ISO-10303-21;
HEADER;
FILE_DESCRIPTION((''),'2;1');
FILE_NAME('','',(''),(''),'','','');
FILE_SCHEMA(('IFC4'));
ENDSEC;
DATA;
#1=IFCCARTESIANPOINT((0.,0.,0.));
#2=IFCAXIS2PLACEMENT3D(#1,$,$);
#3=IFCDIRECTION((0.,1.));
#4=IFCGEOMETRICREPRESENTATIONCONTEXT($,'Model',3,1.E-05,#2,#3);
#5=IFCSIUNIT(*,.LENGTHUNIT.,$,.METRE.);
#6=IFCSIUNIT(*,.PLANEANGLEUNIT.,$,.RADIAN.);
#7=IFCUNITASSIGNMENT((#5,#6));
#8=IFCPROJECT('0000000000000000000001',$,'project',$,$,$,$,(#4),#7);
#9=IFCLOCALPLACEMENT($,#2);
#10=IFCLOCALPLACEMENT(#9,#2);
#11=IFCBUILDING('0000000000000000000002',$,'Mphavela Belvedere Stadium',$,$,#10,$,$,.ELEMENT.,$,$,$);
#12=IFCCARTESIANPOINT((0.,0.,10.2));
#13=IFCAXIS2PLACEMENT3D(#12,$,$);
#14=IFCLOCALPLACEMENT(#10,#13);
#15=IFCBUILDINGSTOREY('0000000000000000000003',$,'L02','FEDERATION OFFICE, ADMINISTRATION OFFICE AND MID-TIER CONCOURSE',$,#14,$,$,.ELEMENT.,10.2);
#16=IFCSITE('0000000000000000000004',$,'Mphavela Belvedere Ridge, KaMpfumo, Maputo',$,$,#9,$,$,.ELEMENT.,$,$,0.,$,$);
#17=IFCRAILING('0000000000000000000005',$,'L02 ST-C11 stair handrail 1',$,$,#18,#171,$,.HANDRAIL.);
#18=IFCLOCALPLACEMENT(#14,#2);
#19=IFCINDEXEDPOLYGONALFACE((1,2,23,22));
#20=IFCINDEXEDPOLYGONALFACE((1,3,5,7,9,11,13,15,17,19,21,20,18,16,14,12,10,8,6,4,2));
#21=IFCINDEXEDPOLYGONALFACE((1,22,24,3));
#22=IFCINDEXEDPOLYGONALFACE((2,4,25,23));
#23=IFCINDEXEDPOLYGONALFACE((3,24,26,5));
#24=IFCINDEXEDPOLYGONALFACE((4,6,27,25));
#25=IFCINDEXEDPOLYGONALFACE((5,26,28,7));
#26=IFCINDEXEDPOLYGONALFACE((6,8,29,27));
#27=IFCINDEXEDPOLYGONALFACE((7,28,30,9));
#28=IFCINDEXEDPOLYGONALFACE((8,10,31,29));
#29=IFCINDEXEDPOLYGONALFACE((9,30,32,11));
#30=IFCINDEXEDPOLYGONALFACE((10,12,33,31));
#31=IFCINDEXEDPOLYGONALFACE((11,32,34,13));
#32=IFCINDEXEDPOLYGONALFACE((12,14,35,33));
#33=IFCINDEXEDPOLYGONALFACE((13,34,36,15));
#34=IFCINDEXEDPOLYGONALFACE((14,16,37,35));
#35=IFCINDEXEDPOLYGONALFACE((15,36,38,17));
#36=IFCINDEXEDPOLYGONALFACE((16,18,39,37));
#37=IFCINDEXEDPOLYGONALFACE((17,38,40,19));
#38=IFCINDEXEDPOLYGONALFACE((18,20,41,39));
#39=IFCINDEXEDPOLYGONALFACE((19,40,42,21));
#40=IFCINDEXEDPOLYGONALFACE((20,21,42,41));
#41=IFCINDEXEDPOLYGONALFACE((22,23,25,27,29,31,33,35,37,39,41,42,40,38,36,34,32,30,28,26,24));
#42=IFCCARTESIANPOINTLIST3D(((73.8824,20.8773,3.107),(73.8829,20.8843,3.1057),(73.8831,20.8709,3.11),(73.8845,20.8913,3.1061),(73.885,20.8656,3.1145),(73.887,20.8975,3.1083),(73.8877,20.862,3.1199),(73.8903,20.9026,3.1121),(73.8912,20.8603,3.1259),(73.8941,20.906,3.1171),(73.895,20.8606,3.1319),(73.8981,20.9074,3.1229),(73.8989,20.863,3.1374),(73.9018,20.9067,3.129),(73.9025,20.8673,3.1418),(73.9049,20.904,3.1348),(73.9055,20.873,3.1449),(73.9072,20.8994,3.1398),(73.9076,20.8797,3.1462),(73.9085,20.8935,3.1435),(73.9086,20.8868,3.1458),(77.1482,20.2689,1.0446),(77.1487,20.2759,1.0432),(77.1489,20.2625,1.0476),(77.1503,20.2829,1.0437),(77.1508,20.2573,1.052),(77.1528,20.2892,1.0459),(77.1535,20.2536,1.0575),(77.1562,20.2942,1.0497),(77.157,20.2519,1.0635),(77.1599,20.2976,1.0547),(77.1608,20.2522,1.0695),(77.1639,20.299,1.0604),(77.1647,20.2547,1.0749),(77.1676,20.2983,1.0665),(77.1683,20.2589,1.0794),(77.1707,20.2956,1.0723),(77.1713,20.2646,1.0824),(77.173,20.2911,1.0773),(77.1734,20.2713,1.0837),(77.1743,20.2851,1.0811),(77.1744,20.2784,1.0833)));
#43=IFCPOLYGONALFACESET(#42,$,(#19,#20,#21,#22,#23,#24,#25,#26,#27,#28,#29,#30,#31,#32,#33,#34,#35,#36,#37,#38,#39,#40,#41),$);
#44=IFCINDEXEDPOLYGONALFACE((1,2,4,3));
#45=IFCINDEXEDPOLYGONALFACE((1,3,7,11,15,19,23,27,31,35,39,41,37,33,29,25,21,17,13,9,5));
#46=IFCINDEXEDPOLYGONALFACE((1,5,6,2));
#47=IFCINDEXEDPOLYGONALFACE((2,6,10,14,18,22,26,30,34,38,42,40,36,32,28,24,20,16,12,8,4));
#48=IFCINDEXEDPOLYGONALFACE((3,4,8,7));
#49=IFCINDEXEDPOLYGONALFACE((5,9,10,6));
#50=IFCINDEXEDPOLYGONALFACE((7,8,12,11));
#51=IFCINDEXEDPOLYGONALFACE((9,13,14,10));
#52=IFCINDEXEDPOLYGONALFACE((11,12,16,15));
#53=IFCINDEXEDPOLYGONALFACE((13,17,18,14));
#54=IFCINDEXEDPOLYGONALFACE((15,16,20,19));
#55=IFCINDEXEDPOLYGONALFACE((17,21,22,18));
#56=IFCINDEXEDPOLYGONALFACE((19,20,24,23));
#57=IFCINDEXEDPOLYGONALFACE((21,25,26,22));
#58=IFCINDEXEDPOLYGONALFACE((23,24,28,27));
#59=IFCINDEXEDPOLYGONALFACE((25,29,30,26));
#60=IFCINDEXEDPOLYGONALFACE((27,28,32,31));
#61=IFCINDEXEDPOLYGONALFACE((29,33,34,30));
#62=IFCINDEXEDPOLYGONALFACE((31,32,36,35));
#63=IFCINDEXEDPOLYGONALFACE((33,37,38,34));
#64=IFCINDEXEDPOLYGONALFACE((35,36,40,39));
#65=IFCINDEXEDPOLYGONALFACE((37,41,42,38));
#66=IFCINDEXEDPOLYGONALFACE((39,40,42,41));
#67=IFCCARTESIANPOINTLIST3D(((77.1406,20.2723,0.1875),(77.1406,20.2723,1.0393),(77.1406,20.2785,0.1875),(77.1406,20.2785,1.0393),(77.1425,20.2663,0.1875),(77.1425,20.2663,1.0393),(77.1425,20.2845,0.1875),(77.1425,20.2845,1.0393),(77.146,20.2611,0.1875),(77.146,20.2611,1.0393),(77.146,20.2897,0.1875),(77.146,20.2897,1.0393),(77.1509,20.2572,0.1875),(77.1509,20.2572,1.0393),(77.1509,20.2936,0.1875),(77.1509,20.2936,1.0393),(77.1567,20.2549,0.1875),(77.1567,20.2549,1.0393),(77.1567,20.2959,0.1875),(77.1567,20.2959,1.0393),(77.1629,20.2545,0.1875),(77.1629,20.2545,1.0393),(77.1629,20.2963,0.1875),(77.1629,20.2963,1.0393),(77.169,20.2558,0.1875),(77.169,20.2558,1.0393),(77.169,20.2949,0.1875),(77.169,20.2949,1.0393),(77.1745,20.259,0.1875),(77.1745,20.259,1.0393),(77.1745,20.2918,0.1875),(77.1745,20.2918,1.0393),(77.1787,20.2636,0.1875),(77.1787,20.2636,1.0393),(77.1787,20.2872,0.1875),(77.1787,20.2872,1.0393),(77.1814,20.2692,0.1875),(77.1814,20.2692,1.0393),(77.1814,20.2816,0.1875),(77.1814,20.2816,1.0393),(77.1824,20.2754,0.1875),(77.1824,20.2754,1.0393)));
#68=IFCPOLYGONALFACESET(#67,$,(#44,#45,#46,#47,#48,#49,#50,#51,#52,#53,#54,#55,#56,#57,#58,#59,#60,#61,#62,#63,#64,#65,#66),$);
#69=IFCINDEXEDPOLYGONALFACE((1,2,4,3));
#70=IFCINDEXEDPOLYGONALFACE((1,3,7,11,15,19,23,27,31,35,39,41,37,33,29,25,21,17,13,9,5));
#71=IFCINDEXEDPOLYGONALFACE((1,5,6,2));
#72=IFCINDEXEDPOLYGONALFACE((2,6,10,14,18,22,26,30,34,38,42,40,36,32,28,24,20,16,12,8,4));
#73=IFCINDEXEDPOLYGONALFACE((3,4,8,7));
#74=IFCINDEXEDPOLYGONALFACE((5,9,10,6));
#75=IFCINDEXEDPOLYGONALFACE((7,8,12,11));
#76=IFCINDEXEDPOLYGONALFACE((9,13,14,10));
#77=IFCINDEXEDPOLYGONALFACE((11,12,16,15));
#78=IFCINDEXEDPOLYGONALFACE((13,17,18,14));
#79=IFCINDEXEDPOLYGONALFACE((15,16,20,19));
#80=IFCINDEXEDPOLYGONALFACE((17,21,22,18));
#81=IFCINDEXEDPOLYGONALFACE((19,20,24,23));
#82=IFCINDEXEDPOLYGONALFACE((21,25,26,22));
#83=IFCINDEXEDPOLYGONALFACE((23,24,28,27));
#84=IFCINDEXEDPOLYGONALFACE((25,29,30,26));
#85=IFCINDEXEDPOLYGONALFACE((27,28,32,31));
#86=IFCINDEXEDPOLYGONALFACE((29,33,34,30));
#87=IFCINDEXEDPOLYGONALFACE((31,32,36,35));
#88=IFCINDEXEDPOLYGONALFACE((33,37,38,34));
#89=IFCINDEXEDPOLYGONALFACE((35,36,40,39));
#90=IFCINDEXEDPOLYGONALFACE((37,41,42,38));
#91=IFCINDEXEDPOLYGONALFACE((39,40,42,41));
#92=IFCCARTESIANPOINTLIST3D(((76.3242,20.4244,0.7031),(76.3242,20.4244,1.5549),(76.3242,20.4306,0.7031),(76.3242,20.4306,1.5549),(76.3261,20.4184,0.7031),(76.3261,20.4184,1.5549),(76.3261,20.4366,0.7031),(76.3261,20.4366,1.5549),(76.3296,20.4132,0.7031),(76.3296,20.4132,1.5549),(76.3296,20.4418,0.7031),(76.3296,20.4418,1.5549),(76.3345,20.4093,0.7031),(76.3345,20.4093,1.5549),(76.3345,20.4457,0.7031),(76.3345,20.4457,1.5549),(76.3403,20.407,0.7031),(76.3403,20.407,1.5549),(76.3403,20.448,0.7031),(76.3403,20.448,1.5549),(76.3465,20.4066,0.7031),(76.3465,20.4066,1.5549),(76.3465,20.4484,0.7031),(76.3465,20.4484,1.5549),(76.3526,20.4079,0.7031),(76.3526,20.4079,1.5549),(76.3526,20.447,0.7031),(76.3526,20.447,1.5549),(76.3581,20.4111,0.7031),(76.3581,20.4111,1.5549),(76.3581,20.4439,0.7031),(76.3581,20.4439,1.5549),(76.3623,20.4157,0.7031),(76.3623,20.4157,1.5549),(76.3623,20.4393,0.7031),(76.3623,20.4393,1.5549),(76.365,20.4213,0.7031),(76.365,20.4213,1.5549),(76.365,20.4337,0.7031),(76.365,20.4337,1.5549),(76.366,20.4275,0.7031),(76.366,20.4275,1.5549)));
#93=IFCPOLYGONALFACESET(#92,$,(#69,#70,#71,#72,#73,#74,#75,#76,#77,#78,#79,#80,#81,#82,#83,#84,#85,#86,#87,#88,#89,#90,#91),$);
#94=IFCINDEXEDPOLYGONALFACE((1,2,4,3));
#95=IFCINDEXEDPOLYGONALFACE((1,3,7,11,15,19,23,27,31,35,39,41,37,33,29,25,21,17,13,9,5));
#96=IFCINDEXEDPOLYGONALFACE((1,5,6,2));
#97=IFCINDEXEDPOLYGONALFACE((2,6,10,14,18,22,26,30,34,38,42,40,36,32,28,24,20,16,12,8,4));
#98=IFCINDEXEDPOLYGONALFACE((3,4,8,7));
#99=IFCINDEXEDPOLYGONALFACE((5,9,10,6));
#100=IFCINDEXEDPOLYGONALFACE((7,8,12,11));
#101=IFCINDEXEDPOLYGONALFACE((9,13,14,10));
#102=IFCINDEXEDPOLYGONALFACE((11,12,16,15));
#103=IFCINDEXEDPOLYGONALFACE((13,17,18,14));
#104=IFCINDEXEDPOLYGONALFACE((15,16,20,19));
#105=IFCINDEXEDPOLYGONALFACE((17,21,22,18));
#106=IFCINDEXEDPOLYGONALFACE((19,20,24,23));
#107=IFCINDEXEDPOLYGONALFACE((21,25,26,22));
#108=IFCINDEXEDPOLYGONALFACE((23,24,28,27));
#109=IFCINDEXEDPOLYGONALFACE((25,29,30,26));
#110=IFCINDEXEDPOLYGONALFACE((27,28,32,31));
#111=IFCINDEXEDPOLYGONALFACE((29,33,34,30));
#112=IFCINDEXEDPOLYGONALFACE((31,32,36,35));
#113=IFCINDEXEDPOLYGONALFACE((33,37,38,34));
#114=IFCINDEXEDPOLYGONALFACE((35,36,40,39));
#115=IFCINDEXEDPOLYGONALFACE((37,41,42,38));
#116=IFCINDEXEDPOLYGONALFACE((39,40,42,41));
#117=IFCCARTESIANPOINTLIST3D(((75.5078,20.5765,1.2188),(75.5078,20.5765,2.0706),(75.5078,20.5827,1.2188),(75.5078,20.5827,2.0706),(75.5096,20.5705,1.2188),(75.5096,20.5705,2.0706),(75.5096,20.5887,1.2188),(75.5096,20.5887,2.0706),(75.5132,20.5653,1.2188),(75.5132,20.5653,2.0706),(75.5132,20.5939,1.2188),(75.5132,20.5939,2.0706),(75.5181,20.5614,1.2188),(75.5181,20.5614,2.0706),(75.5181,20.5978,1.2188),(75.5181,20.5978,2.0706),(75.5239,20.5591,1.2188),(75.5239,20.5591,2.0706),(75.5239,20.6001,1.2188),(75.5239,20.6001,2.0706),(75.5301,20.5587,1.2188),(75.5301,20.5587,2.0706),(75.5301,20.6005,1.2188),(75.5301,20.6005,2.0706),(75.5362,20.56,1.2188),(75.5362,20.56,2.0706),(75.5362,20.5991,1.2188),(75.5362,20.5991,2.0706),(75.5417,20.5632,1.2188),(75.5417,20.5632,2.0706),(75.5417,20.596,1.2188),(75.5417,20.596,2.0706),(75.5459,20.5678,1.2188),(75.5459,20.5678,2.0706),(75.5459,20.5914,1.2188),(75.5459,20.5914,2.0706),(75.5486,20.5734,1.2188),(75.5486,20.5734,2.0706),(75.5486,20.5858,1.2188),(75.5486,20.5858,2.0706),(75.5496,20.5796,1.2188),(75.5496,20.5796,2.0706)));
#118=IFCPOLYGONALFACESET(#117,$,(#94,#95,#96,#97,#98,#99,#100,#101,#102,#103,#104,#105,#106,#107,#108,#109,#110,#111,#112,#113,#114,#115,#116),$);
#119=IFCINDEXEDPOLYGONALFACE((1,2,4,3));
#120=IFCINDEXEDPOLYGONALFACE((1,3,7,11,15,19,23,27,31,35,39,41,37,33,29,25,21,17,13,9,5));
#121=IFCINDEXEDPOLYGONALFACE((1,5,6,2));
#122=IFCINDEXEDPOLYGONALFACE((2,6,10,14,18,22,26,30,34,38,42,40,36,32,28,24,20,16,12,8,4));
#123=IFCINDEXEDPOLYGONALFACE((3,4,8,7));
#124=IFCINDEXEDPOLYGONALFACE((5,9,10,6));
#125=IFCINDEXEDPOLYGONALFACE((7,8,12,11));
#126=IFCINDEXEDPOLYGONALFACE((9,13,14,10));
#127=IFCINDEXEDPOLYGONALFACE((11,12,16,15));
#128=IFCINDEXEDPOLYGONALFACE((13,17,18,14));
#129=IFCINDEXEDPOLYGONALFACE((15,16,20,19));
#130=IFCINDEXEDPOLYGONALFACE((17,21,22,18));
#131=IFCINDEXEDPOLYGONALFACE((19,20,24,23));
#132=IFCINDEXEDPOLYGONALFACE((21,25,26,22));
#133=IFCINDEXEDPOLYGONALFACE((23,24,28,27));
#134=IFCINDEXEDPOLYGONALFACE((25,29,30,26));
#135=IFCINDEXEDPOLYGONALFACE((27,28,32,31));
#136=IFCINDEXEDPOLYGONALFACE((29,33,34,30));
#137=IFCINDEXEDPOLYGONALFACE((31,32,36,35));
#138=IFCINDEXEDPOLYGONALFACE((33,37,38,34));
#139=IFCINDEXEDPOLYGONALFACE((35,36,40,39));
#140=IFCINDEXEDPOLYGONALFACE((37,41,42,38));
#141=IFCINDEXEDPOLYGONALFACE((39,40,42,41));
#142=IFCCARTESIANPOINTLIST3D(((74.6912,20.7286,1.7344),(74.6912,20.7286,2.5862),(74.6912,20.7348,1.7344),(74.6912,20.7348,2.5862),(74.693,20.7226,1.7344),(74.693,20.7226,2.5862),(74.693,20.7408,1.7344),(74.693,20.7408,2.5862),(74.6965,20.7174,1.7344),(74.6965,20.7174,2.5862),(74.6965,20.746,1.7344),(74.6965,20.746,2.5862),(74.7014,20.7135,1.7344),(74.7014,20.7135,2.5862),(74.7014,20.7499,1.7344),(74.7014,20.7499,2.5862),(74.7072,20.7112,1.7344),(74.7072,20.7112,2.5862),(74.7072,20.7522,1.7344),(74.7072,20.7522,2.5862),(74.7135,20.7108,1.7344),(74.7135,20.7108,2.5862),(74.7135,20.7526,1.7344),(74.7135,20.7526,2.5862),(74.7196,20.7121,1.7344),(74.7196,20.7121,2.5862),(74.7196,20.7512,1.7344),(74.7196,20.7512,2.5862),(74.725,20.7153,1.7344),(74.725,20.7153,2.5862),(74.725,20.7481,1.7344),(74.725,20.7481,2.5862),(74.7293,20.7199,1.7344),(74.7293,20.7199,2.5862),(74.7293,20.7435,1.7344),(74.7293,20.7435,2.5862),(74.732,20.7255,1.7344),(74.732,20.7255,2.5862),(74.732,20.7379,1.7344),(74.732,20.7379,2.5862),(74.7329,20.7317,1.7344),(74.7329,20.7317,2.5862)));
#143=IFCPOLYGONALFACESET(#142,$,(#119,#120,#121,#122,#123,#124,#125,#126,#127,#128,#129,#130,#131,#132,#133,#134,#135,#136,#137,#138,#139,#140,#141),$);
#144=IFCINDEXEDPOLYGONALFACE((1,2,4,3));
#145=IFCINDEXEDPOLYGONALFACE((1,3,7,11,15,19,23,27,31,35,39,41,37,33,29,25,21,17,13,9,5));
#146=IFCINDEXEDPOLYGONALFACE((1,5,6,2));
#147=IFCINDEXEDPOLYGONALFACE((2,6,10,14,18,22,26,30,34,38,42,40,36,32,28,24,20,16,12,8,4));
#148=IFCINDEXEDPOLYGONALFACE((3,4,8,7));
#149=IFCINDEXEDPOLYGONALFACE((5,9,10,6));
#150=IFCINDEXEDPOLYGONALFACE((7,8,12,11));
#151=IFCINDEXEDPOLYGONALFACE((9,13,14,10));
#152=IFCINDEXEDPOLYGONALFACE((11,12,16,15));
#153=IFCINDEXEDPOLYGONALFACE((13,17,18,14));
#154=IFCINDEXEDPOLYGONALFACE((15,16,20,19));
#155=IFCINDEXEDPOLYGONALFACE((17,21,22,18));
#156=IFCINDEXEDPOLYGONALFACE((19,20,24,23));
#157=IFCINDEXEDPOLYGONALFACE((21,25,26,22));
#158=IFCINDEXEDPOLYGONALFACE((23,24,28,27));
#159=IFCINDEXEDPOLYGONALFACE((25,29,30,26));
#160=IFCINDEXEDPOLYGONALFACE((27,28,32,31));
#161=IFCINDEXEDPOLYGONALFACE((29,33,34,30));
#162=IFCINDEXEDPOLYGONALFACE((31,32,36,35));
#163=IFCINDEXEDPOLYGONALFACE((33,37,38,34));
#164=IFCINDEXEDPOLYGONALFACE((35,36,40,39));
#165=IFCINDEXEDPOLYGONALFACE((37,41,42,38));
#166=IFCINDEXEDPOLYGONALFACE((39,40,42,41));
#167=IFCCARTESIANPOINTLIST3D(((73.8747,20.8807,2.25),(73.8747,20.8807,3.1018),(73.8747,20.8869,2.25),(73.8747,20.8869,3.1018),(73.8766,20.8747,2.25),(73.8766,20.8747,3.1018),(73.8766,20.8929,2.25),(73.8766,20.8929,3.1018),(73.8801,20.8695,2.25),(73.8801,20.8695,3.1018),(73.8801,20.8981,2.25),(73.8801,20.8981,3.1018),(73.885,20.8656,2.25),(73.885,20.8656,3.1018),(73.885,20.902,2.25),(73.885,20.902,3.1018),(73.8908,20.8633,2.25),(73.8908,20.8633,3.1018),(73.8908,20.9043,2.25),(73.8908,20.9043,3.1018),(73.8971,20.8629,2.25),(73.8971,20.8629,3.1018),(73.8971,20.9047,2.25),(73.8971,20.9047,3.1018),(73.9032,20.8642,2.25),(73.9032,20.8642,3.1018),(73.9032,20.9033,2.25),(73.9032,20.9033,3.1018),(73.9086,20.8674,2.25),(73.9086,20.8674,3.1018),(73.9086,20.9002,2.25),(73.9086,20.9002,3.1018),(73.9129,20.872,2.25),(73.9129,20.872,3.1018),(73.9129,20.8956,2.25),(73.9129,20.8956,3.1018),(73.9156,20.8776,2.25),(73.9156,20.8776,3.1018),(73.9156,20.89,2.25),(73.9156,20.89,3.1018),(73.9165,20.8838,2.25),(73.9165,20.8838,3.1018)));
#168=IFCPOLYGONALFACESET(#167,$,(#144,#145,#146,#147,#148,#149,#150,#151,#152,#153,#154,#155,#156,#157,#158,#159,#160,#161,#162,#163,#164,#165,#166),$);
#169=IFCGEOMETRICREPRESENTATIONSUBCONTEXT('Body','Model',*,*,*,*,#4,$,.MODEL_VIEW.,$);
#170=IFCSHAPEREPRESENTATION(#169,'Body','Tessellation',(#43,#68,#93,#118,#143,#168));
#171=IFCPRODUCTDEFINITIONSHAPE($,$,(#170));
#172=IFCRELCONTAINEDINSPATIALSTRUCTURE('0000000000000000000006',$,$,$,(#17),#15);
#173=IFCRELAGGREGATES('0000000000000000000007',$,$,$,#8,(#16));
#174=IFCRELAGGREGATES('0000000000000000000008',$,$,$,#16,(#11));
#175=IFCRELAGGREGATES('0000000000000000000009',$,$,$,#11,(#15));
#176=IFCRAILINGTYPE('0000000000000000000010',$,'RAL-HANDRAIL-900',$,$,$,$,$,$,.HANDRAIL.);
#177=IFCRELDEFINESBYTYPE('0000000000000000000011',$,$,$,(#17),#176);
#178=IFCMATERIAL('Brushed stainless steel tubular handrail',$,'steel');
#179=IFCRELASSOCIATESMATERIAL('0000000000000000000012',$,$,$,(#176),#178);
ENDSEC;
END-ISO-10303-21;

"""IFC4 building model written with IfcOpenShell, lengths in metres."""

from ifc_helpers import new_model, si_unit, direction, frame, origin, origin_2d, place, context, subcontext, project, spatial, circle, extrude, material, type_object, element, save


model = new_model("IFC4")

# Units and contexts
model_context = context("Model", 3, precision=1e-05, world=origin(), true_north=direction((0.0, 1.0)))
body_context = subcontext(model_context, "Body", "Model", "MODEL_VIEW")
ifc_project = project(units=[si_unit("LENGTHUNIT", "METRE"), si_unit("PLANEANGLEUNIT", "RADIAN")], contexts=[model_context])

# Site, building, storey
site_placement = place(None, origin())
site = spatial("IfcSite", under=ifc_project, at=site_placement, Name="Mphavela Belvedere Ridge, KaMpfumo, Maputo", CompositionType="ELEMENT", RefElevation=0.0)
building_placement = place(site_placement, origin())
building = spatial("IfcBuilding", under=site, at=building_placement, Name="Mphavela Belvedere Stadium", CompositionType="ELEMENT")
storey_placement = place(building_placement, frame((0.0, 0.0, 10.2)))
storey = spatial("IfcBuildingStorey", under=building, at=storey_placement, Name="L02", Description="FEDERATION OFFICE, ADMINISTRATION OFFICE AND MID-TIER CONCOURSE", CompositionType="ELEMENT", Elevation=10.2)

# Railing
ifc_material_1 = material(Name="Brushed stainless steel tubular handrail", Category="steel")
railing_type = type_object("IfcRailingType", Name="RAL-HANDRAIL-900", PredefinedType="HANDRAIL", material=ifc_material_1)
railing_placement = place(storey_placement, frame((77.1614, 20.2754, 0.1875)))
element("IfcRailing", 1, at=railing_placement, inside=storey, type_object=railing_type, Name="L02 ST-C11 stair handrail 1", PredefinedType="HANDRAIL", context=body_context, shape_type="SweptSolid", body=[
    extrude(circle(Radius=0.0239, at=origin_2d()), frame((0.0, 0.0, 0.876), z_axis=(-0.83521, 0.155591, 0.527462), x_axis=(-0.183139, -0.983087, 0.0)), (0.0, 0.0, 1.0), 3.9102),
    extrude(circle(Radius=0.021, at=origin_2d()), origin(), (0.0, 0.0, 1.0), 0.8518),
    extrude(circle(Radius=0.021, at=origin_2d()), frame((-0.8164, 0.1521, 0.5156)), (0.0, 0.0, 1.0), 0.8518),
    extrude(circle(Radius=0.021, at=origin_2d()), frame((-1.6328, 0.3042, 1.0312)), (0.0, 0.0, 1.0), 0.8518),
    extrude(circle(Radius=0.021, at=origin_2d()), frame((-2.4495, 0.4563, 1.5469)), (0.0, 0.0, 1.0), 0.8518),
    extrude(circle(Radius=0.021, at=origin_2d()), frame((-3.2659, 0.6084, 2.0625)), (0.0, 0.0, 1.0), 0.8518),
])

save(model, "model.ifc")
